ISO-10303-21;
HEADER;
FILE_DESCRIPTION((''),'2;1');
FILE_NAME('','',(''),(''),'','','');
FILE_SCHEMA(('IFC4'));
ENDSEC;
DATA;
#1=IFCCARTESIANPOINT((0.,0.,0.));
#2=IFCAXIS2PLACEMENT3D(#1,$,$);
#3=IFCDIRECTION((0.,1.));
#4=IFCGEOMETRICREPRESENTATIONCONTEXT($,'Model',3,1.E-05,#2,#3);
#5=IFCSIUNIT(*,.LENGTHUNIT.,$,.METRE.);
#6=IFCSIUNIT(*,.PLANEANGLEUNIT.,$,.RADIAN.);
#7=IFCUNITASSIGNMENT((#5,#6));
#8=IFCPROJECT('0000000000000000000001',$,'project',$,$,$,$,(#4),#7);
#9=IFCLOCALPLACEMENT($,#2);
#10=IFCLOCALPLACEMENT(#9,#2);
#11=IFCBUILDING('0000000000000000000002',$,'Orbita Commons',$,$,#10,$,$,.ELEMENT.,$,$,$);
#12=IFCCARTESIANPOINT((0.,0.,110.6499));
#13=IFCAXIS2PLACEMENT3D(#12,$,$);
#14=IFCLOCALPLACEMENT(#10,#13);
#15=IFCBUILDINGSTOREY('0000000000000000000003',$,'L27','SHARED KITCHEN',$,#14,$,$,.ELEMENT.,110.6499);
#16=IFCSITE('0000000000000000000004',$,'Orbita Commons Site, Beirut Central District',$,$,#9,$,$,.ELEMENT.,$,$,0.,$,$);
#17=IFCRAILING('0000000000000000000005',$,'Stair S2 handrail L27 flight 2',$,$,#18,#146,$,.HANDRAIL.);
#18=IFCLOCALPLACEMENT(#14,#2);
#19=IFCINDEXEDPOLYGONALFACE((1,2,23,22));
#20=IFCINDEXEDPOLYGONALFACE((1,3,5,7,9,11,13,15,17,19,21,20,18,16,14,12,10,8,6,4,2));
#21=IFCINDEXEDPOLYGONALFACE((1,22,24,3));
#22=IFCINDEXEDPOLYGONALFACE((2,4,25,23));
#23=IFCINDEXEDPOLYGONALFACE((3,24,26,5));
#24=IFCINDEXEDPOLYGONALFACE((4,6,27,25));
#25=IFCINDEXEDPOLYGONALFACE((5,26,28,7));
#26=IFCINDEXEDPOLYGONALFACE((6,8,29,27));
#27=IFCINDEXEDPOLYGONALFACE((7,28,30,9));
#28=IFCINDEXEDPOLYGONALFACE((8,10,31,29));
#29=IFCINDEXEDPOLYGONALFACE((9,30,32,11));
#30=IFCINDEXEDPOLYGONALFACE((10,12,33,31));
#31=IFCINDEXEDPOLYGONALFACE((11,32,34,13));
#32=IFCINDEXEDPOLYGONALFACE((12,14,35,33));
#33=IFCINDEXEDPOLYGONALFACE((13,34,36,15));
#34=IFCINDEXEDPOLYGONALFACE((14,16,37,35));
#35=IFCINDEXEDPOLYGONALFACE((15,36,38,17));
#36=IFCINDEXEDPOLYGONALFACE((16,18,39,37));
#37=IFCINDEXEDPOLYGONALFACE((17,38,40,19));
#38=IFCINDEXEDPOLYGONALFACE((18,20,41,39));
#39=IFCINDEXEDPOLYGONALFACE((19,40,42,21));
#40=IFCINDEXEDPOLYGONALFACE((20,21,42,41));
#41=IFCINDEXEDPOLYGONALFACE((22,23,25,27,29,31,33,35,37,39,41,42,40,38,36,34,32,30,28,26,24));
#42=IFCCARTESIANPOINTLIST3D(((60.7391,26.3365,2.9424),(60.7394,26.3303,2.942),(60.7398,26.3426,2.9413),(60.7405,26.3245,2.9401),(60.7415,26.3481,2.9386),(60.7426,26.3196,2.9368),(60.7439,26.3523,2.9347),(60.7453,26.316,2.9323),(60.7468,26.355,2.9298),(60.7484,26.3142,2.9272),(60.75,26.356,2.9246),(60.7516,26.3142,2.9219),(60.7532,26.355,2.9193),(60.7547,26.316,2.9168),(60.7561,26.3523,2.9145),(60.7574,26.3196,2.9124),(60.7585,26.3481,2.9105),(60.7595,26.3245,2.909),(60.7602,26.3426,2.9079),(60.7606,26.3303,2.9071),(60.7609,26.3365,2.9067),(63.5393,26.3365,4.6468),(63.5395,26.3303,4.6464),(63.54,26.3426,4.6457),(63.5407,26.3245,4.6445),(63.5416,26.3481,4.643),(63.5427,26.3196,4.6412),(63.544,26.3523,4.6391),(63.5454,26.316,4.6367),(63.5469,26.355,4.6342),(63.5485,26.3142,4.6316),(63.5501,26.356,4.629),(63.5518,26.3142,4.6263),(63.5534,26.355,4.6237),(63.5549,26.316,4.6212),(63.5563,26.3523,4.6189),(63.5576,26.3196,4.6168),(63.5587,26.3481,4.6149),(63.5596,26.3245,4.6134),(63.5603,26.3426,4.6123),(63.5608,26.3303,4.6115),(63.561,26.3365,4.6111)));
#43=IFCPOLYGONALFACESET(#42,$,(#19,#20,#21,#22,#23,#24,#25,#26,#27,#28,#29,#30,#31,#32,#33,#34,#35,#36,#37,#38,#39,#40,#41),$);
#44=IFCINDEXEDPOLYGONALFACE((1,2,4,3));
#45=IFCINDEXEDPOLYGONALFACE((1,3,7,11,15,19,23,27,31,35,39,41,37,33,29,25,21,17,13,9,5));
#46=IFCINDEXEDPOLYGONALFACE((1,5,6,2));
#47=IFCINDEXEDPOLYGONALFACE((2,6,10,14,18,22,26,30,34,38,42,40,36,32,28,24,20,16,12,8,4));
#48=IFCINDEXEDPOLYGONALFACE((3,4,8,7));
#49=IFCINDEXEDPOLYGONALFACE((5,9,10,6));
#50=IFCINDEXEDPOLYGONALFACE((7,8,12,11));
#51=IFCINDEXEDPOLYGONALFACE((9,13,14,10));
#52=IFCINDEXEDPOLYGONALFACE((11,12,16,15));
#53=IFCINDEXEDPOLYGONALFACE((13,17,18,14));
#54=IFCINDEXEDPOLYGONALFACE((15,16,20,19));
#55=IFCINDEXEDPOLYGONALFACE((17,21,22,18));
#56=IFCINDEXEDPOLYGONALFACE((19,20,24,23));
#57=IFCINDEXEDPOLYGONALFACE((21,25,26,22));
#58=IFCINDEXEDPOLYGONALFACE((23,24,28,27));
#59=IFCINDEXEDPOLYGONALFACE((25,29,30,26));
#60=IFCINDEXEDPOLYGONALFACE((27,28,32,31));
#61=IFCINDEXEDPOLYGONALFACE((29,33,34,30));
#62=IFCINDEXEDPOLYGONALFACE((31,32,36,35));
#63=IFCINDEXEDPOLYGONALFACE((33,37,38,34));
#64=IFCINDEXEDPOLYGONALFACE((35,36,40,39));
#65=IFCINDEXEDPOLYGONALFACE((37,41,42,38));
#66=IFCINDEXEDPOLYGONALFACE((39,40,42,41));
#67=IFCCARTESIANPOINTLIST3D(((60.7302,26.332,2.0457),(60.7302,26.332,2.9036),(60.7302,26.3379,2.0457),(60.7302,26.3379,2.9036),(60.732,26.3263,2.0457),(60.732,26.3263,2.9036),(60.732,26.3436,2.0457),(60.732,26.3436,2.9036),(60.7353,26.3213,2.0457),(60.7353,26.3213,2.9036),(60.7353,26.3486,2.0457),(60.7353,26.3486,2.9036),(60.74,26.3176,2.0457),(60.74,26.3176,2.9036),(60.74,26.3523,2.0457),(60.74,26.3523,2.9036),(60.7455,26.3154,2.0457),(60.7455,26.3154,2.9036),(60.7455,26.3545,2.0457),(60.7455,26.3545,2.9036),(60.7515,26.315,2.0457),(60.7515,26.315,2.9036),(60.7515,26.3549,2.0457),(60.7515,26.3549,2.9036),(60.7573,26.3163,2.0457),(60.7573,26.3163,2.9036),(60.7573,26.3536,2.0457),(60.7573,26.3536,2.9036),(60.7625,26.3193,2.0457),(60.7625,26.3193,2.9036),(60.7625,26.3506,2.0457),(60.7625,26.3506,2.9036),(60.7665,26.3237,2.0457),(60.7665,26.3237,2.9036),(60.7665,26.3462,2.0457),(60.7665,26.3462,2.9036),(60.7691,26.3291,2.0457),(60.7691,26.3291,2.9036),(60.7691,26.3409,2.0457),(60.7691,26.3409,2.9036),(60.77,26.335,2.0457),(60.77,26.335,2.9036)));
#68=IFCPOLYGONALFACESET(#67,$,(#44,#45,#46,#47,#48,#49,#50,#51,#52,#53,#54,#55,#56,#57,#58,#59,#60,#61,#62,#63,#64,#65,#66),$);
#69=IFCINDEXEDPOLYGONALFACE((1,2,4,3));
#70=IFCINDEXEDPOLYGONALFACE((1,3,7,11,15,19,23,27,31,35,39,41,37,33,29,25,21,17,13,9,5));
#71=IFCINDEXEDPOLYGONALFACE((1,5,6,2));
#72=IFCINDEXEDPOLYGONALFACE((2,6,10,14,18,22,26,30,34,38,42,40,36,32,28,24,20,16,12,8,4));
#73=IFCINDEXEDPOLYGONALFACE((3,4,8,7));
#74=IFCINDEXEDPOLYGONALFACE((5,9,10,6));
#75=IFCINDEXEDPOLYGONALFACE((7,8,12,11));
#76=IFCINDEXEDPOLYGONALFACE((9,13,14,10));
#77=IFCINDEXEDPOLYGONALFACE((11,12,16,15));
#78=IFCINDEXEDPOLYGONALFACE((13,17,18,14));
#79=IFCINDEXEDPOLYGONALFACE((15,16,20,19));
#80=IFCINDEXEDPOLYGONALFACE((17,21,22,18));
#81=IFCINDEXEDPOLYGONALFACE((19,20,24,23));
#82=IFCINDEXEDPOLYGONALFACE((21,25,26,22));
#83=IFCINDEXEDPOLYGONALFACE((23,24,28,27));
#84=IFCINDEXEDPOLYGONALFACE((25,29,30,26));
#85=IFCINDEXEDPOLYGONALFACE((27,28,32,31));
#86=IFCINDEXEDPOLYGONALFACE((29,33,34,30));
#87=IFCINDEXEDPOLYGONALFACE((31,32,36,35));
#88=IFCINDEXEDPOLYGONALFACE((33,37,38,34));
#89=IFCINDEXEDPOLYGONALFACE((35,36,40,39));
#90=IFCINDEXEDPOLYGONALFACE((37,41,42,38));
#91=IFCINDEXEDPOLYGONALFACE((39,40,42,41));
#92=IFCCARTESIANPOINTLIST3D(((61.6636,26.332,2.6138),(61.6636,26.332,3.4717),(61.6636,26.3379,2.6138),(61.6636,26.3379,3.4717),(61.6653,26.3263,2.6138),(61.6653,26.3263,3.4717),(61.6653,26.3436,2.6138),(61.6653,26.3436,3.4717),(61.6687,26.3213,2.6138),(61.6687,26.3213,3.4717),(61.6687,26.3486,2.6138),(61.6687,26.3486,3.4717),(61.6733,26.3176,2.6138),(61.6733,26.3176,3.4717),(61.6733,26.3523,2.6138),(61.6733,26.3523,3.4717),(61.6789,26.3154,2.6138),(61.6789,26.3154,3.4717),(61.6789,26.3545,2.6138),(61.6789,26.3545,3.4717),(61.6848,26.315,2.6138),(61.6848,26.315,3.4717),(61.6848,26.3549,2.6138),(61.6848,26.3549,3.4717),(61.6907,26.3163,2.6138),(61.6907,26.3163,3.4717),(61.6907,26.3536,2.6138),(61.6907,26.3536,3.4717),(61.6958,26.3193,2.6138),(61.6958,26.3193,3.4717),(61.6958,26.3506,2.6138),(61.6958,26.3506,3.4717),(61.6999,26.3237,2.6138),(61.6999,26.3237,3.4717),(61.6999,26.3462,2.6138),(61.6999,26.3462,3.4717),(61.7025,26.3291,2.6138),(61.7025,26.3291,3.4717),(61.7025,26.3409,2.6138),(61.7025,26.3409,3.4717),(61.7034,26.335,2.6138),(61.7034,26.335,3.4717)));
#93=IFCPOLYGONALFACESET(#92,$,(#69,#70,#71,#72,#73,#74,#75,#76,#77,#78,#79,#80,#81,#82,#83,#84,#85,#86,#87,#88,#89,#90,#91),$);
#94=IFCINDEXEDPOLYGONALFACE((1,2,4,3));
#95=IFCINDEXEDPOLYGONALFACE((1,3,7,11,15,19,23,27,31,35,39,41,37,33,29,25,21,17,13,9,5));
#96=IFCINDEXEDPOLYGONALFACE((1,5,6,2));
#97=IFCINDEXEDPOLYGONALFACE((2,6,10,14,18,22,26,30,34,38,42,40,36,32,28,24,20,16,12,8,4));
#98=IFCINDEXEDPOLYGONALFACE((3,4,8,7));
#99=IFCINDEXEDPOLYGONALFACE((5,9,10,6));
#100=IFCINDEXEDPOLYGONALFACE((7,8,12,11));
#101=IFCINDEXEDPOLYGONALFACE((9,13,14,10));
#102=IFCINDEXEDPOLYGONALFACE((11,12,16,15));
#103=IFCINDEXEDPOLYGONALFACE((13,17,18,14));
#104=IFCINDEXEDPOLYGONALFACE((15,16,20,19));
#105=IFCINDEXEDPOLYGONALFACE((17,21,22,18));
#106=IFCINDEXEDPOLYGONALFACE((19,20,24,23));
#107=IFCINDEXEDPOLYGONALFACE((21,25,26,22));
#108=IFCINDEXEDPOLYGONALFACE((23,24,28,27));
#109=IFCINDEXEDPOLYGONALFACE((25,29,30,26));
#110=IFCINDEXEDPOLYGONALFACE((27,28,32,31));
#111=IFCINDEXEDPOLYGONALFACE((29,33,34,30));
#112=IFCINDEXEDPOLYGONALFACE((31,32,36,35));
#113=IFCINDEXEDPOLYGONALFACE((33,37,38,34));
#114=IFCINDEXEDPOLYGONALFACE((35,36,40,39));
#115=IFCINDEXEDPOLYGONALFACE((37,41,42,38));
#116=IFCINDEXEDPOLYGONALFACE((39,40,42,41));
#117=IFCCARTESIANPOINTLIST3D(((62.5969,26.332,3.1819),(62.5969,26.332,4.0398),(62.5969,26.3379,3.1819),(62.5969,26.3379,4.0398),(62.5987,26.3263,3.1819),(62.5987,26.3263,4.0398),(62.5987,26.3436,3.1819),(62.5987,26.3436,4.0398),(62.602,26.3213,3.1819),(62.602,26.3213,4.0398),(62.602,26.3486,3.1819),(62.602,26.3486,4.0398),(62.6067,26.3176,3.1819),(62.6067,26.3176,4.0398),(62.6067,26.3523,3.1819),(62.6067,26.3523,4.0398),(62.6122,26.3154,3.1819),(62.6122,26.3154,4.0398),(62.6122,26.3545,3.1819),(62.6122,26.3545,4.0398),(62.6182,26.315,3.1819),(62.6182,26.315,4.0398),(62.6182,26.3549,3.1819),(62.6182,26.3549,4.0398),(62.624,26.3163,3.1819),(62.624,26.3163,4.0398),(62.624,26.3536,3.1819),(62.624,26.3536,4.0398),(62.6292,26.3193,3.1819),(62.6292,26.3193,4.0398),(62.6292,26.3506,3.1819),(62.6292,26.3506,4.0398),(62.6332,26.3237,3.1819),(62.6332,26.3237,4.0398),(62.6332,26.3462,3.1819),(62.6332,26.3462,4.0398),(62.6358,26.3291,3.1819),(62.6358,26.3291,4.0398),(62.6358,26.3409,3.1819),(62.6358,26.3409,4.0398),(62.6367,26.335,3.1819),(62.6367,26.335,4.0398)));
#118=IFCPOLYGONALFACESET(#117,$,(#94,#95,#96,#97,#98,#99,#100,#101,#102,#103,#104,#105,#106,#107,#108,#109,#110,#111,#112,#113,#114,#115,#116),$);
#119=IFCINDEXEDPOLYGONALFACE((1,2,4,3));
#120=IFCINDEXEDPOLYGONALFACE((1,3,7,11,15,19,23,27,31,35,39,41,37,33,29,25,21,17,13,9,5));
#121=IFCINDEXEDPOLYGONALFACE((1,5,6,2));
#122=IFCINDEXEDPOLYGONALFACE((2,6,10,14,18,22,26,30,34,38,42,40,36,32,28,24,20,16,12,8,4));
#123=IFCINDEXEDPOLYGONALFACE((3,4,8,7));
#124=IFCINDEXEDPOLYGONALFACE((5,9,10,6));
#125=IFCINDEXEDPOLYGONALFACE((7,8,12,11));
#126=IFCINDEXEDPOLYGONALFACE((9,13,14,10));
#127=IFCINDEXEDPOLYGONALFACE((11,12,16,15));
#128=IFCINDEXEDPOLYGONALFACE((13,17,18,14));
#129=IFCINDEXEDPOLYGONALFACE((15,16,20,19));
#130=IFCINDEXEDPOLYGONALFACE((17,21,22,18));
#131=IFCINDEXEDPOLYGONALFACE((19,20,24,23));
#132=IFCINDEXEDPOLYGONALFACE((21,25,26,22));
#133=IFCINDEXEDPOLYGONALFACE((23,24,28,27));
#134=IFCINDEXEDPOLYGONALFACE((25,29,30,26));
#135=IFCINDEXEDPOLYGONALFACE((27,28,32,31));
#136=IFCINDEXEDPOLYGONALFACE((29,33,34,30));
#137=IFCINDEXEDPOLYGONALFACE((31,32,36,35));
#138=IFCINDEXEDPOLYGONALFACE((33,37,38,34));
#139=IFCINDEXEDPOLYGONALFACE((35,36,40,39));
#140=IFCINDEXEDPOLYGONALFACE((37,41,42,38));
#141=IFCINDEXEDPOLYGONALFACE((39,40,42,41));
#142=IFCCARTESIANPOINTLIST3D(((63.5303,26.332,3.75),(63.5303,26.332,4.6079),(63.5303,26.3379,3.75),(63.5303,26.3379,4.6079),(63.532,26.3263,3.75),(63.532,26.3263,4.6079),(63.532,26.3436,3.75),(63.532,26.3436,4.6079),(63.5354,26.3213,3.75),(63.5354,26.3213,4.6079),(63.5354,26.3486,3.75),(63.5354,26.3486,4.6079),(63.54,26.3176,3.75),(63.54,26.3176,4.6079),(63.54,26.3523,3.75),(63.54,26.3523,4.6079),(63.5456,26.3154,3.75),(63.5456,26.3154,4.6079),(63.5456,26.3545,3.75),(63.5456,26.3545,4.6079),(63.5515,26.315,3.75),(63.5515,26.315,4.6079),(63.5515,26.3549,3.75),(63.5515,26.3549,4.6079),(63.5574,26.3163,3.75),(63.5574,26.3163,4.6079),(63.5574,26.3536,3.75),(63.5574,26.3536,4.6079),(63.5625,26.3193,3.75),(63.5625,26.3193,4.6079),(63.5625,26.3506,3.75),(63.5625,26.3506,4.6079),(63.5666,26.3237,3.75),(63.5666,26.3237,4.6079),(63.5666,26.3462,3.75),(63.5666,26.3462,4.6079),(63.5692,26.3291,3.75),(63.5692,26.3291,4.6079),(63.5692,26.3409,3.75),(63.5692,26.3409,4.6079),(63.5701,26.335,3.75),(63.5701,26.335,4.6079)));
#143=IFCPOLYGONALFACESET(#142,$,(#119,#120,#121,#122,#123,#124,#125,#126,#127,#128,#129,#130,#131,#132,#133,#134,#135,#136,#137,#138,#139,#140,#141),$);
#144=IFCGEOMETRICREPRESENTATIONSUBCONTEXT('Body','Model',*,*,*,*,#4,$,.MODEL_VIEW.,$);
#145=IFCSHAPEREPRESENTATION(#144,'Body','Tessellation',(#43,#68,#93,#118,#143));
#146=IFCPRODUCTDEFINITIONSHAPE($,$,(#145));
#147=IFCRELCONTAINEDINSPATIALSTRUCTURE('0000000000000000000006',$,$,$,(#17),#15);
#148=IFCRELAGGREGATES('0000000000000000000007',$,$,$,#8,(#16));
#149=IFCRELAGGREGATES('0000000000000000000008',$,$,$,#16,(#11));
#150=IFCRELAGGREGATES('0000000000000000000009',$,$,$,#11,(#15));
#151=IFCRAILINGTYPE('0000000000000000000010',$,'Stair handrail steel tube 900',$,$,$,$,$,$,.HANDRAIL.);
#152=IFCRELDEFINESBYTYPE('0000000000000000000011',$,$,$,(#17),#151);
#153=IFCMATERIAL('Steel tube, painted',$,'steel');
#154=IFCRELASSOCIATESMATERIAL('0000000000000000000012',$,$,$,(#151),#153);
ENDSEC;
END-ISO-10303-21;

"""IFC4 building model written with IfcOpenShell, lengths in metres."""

from ifc_helpers import new_model, si_unit, direction, frame, origin, origin_2d, place, context, subcontext, project, spatial, circle, extrude, material, type_object, element, save


model = new_model("IFC4")

# Units and contexts
model_context = context("Model", 3, precision=1e-05, world=origin(), true_north=direction((0.0, 1.0)))
body_context = subcontext(model_context, "Body", "Model", "MODEL_VIEW")
ifc_project = project(units=[si_unit("LENGTHUNIT", "METRE"), si_unit("PLANEANGLEUNIT", "RADIAN")], contexts=[model_context])

# Site, building, storey
site_placement = place(None, origin())
site = spatial("IfcSite", under=ifc_project, at=site_placement, Name="Orbita Commons Site, Beirut Central District", CompositionType="ELEMENT", RefElevation=0.0)
building_placement = place(site_placement, origin())
building = spatial("IfcBuilding", under=site, at=building_placement, Name="Orbita Commons", CompositionType="ELEMENT")
storey_placement = place(building_placement, frame((0.0, 0.0, 110.6499)))
storey = spatial("IfcBuildingStorey", under=building, at=storey_placement, Name="L27", Description="SHARED KITCHEN", CompositionType="ELEMENT", Elevation=110.6499)

# Railing
ifc_material_1 = material(Name="Steel tube, painted", Category="steel")
railing_type = type_object("IfcRailingType", Name="Stair handrail steel tube 900", PredefinedType="HANDRAIL", material=ifc_material_1)
for number, where, name in (
    (1, (60.75, 26.335, 2.0457), "Stair S2 handrail L27 flight 2"),
):
    element("IfcRailing", number, at=place(storey_placement, frame(where)), inside=storey, type_object=railing_type, Name=name, PredefinedType="HANDRAIL", context=body_context, shape_type="SweptSolid", body=[
        extrude(circle(Radius=0.021, at=origin_2d()), frame((0.0, 0.0, 0.8789), z_axis=(0.854203, 0.0, 0.51994), x_axis=(0.0, 1.0, 0.0)), (0.0, 0.0, 1.0), 3.2781),
        extrude(circle(Radius=0.02, at=origin_2d()), origin(), (0.0, 0.0, 1.0), 0.8579),
        extrude(circle(Radius=0.02, at=origin_2d()), frame((0.9333, 0.0, 0.5681)), (0.0, 0.0, 1.0), 0.8579),
        extrude(circle(Radius=0.02, at=origin_2d()), frame((1.8667, 0.0, 1.1362)), (0.0, 0.0, 1.0), 0.8579),
        extrude(circle(Radius=0.02, at=origin_2d()), frame((2.8, 0.0, 1.7043)), (0.0, 0.0, 1.0), 0.8579),
    ])

save(model, "model.ifc")
